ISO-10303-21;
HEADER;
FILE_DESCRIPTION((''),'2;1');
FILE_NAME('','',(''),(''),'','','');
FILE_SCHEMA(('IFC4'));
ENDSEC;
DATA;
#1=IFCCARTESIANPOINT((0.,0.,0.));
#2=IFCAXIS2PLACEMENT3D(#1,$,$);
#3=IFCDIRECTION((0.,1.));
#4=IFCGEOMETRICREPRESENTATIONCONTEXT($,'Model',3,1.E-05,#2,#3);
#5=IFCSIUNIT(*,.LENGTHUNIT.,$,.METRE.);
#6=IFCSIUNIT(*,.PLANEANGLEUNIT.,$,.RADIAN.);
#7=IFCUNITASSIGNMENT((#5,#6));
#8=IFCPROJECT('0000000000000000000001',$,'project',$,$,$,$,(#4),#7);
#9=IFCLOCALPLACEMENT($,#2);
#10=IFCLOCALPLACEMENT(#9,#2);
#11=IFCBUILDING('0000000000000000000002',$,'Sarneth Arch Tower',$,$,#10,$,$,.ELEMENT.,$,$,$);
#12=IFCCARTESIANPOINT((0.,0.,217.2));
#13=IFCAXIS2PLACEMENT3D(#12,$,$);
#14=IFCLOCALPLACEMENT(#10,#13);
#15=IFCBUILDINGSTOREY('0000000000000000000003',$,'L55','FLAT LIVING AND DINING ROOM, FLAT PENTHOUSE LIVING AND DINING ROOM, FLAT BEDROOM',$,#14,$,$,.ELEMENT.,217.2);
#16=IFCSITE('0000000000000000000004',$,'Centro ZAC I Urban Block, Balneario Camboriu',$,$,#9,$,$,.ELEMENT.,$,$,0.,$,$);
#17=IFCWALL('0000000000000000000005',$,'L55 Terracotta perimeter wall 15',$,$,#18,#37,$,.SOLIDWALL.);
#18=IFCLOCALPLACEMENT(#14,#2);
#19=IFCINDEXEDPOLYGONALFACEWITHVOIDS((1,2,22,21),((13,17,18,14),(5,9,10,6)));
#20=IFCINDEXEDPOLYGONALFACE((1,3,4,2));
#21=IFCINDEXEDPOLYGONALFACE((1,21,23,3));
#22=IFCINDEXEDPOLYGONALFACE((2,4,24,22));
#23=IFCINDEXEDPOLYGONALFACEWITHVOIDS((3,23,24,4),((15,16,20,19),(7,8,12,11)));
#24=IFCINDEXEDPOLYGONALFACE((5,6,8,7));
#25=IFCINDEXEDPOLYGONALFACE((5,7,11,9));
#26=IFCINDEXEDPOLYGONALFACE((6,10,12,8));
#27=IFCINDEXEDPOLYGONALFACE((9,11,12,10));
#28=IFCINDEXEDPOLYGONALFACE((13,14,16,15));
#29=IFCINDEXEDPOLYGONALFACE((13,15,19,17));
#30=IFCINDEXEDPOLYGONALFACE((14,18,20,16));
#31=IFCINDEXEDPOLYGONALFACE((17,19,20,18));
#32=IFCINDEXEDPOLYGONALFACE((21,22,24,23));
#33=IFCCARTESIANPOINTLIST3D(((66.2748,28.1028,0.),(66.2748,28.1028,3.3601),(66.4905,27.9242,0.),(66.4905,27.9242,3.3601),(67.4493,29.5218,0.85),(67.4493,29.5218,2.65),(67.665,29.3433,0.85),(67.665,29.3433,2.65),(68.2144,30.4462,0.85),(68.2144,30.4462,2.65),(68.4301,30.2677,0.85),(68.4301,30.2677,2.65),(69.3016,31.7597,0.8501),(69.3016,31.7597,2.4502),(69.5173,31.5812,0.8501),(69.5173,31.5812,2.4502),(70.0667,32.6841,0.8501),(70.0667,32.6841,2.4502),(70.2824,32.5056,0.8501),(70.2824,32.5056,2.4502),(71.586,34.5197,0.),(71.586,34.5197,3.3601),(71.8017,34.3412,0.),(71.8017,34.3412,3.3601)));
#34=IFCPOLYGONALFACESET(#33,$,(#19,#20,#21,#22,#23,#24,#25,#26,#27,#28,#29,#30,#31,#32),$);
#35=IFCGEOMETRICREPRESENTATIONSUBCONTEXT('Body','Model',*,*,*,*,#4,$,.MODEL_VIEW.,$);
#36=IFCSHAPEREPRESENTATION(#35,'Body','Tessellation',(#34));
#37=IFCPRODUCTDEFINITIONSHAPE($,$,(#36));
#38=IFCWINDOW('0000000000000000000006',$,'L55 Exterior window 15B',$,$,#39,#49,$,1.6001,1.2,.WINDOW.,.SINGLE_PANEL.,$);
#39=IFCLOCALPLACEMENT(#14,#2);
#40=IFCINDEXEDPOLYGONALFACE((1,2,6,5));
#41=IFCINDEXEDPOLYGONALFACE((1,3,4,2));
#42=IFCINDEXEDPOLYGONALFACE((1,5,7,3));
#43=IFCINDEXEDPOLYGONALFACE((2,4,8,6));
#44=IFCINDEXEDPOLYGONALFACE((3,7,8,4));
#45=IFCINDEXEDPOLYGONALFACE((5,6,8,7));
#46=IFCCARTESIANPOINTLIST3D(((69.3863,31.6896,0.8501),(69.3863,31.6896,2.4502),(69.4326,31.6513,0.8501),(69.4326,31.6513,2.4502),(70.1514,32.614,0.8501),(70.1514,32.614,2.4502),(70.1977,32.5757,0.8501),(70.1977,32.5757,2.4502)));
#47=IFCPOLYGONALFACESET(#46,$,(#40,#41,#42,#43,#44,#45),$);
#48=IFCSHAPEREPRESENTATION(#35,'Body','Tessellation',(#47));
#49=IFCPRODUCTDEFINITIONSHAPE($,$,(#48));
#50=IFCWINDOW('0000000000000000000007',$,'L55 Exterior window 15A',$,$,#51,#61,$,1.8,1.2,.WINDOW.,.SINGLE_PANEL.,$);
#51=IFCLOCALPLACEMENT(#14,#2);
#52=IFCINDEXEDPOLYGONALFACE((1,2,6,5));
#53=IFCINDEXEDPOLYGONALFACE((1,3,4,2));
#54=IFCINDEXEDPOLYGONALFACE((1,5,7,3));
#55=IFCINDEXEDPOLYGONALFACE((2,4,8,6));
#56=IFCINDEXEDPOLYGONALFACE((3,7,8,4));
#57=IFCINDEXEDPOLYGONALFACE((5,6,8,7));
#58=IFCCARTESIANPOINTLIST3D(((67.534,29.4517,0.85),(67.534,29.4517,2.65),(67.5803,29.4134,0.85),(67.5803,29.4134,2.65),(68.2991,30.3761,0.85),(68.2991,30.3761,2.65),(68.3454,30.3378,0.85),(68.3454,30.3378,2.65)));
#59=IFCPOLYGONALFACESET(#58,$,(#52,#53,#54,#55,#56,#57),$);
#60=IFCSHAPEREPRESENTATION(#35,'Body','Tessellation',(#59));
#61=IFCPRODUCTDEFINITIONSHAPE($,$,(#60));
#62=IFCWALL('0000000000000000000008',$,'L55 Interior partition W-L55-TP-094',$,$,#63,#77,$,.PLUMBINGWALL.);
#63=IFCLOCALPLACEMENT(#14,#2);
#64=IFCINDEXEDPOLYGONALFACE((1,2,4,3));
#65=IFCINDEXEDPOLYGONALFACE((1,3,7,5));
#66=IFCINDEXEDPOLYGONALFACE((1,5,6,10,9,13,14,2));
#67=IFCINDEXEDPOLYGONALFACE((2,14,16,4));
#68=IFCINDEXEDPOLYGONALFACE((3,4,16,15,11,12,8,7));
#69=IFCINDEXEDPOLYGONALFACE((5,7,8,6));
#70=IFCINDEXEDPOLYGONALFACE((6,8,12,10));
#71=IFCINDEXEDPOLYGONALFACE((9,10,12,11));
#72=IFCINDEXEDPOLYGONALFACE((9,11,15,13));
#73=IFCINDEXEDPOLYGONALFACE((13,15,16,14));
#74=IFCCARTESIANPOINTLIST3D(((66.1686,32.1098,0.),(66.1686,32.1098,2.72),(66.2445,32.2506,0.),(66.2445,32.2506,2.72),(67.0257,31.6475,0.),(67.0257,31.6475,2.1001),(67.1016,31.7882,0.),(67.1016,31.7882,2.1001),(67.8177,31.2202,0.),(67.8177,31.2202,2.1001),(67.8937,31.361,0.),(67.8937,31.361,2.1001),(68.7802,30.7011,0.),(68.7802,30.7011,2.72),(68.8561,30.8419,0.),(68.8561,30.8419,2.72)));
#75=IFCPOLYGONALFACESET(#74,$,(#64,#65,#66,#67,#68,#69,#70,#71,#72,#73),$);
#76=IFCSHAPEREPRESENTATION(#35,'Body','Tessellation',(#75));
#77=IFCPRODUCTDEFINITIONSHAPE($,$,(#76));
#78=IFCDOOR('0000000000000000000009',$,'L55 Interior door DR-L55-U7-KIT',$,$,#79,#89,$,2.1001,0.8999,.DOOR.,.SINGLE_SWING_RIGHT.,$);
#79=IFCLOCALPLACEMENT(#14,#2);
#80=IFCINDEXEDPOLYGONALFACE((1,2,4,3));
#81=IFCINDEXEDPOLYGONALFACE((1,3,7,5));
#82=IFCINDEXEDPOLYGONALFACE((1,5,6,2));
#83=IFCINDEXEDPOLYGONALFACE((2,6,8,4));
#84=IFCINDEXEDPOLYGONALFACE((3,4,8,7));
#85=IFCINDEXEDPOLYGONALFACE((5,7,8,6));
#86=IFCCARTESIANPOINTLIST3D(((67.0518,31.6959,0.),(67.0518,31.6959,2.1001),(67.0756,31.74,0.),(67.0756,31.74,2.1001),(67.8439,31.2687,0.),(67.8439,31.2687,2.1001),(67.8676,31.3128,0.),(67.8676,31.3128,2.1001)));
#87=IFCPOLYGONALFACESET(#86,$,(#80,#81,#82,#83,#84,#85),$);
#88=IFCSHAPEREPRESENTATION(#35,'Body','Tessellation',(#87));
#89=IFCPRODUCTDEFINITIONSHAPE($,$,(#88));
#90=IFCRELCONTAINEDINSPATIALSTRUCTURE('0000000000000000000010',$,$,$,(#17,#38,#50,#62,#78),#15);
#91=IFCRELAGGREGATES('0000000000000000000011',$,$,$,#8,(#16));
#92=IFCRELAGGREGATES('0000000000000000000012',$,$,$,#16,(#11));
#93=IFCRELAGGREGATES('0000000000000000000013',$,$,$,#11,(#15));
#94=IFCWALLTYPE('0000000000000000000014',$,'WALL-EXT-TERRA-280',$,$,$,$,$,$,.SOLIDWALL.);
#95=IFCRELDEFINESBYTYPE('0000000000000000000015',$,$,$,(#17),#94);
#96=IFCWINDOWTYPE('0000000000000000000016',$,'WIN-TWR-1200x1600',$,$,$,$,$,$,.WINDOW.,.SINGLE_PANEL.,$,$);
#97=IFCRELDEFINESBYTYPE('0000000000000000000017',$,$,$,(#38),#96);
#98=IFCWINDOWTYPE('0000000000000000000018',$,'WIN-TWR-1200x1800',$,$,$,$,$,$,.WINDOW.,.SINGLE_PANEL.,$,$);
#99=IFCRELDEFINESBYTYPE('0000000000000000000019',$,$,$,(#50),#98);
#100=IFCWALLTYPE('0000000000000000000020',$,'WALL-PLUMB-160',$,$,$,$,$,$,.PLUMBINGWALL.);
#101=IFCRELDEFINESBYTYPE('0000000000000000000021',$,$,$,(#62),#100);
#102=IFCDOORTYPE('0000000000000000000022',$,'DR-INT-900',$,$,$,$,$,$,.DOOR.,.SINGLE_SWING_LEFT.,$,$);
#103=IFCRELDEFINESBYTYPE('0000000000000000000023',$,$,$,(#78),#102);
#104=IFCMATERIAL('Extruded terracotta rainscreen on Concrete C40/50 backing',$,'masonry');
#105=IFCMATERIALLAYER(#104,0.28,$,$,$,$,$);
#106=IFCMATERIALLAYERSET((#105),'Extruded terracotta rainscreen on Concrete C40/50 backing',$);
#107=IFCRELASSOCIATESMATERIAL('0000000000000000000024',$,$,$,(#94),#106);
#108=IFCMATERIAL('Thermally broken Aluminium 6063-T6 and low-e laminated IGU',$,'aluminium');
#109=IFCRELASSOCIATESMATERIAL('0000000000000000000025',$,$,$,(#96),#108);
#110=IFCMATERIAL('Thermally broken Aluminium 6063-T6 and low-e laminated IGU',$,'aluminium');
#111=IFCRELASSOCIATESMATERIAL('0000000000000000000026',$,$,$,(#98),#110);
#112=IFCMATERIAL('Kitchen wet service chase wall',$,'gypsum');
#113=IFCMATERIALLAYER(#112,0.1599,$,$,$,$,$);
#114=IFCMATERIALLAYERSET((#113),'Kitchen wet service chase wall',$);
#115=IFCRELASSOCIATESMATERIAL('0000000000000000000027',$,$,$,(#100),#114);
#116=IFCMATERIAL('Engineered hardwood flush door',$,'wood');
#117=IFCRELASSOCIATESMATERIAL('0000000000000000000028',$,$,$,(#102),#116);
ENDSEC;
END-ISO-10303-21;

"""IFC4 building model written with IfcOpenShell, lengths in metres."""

from ifc_helpers import new_model, si_unit, direction, frame, frame_2d, origin, place, context, subcontext, project, spatial, rectangle, extrude, material, layer, layer_set, type_object, element, fill, save


model = new_model("IFC4")

# Units and contexts
model_context = context("Model", 3, precision=1e-05, world=origin(), true_north=direction((0.0, 1.0)))
body_context = subcontext(model_context, "Body", "Model", "MODEL_VIEW")
ifc_project = project(units=[si_unit("LENGTHUNIT", "METRE"), si_unit("PLANEANGLEUNIT", "RADIAN")], contexts=[model_context])

# Site, building, storey
site_placement = place(None, origin())
site = spatial("IfcSite", under=ifc_project, at=site_placement, Name="Centro ZAC I Urban Block, Balneario Camboriu", CompositionType="ELEMENT", RefElevation=0.0)
building_placement = place(site_placement, origin())
building = spatial("IfcBuilding", under=site, at=building_placement, Name="Sarneth Arch Tower", CompositionType="ELEMENT")
storey_placement = place(building_placement, frame((0.0, 0.0, 217.2)))
storey = spatial("IfcBuildingStorey", under=building, at=storey_placement, Name="L55", Description="FLAT LIVING AND DINING ROOM, FLAT PENTHOUSE LIVING AND DINING ROOM, FLAT BEDROOM", CompositionType="ELEMENT", Elevation=217.2)

# Wall, openings, windows
ifc_material_1 = material(Name="Extruded terracotta rainscreen on Concrete C40/50 backing", Category="masonry")
ifc_layer_1 = layer(ifc_material_1, 0.28)
ifc_layer_set_1 = layer_set([ifc_layer_1], Name="Extruded terracotta rainscreen on Concrete C40/50 backing")
wall_type_1 = type_object("IfcWallType", Name="WALL-EXT-TERRA-280", PredefinedType="SOLIDWALL", material=ifc_layer_set_1)
wall_1_placement = place(storey_placement, frame((66.3826, 28.0134, 0.0), z_axis=(0.0, 0.0, 1.0), x_axis=(0.637615, 0.770355, 0.0)))
wall_1 = element("IfcWall", 1, at=wall_1_placement, inside=storey, type_object=wall_type_1, Name="L55 Terracotta perimeter wall 15", PredefinedType="SOLIDWALL", context=body_context, shape_type="SweptSolid", body=[
    extrude(rectangle(XDim=8.3298, YDim=0.28, at=frame_2d((4.165, 0.0))), origin(), (0.0, 0.0, 1.0), 3.3601),
])
opening_1_placement = place(wall_1_placement, frame((1.842, 0.0, 0.8501)))
opening_1 = element("IfcOpeningElement", 2, at=opening_1_placement, cuts=wall_1, PredefinedType="OPENING", context=body_context, shape_type="SweptSolid", body=[
    extrude(rectangle(XDim=1.2, YDim=1.8, at=frame_2d((0.6001, 0.8999))), frame((0.0, 0.1499, 0.0), z_axis=(0.0, -1.0, 0.0), x_axis=(1.0, 0.0, 0.0)), (0.0, 0.0, 1.0), 0.3),
])
opening_2_placement = place(wall_1_placement, frame((4.7471, 0.0, 0.8501)))
opening_2 = element("IfcOpeningElement", 3, at=opening_2_placement, cuts=wall_1, PredefinedType="OPENING", context=body_context, shape_type="SweptSolid", body=[
    extrude(rectangle(XDim=1.2, YDim=1.6001, at=frame_2d((0.6001, 0.8))), frame((0.0, 0.1499, 0.0), z_axis=(0.0, -1.0, 0.0), x_axis=(1.0, 0.0, 0.0)), (0.0, 0.0, 1.0), 0.3),
])
ifc_material_2 = material(Name="Thermally broken Aluminium 6063-T6 and low-e laminated IGU", Category="aluminium")
window_type_1 = type_object("IfcWindowType", Name="WIN-TWR-1200x1600", PartitioningType="SINGLE_PANEL", PredefinedType="WINDOW", material=ifc_material_2)
window_1_placement = place(opening_2_placement, origin())
window_1 = element("IfcWindow", 4, at=window_1_placement, inside=storey, type_object=window_type_1, Name="L55 Exterior window 15B", OverallHeight=1.6001, OverallWidth=1.2, PartitioningType="SINGLE_PANEL", PredefinedType="WINDOW", context=body_context, shape_type="SweptSolid", body=[
    extrude(rectangle(XDim=1.2, YDim=1.6001, at=frame_2d((0.6001, 0.8))), frame((0.0, 0.03, 0.0), z_axis=(0.0, -1.0, 0.0), x_axis=(1.0, 0.0, 0.0)), (0.0, 0.0, 1.0), 0.0601),
])
fill(opening_2, window_1)
ifc_material_3 = material(Name="Thermally broken Aluminium 6063-T6 and low-e laminated IGU", Category="aluminium")
window_type_2 = type_object("IfcWindowType", Name="WIN-TWR-1200x1800", PartitioningType="SINGLE_PANEL", PredefinedType="WINDOW", material=ifc_material_3)
window_2_placement = place(opening_1_placement, origin())
window_2 = element("IfcWindow", 5, at=window_2_placement, inside=storey, type_object=window_type_2, Name="L55 Exterior window 15A", OverallHeight=1.8, OverallWidth=1.2, PartitioningType="SINGLE_PANEL", PredefinedType="WINDOW", context=body_context, shape_type="SweptSolid", body=[
    extrude(rectangle(XDim=1.2, YDim=1.8, at=frame_2d((0.6001, 0.8999))), frame((0.0, 0.03, 0.0), z_axis=(0.0, -1.0, 0.0), x_axis=(1.0, 0.0, 0.0)), (0.0, 0.0, 1.0), 0.0601),
])
fill(opening_1, window_2)

# Wall, opening, door
ifc_material_4 = material(Name="Kitchen wet service chase wall", Category="gypsum")
ifc_layer_2 = layer(ifc_material_4, 0.1599)
ifc_layer_set_2 = layer_set([ifc_layer_2], Name="Kitchen wet service chase wall")
wall_type_2 = type_object("IfcWallType", Name="WALL-PLUMB-160", PredefinedType="PLUMBINGWALL", material=ifc_layer_set_2)
wall_2_placement = place(storey_placement, frame((68.8181, 30.7715, 0.0), z_axis=(0.0, 0.0, 1.0), x_axis=(-0.880125, 0.474742, 0.0)))
wall_2 = element("IfcWall", 6, at=wall_2_placement, inside=storey, type_object=wall_type_2, Name="L55 Interior partition W-L55-TP-094", PredefinedType="PLUMBINGWALL", context=body_context, shape_type="SweptSolid", body=[
    extrude(rectangle(XDim=2.9673, YDim=0.1599, at=frame_2d((1.4836, 0.0))), origin(), (0.0, 0.0, 1.0), 2.72),
])
opening_3_placement = place(wall_2_placement, frame((1.0935, 0.0, 0.0)))
opening_3 = element("IfcOpeningElement", 7, at=opening_3_placement, cuts=wall_2, PredefinedType="OPENING", context=body_context, shape_type="SweptSolid", body=[
    extrude(rectangle(XDim=0.8999, YDim=2.1001, at=frame_2d((0.45, 1.05))), frame((0.0, 0.0898, 0.0), z_axis=(0.0, -1.0, 0.0), x_axis=(1.0, 0.0, 0.0)), (0.0, 0.0, 1.0), 0.1799),
])
ifc_material_5 = material(Name="Engineered hardwood flush door", Category="wood")
door_type = type_object("IfcDoorType", Name="DR-INT-900", OperationType="SINGLE_SWING_LEFT", PredefinedType="DOOR", material=ifc_material_5)
door_placement = place(opening_3_placement, origin())
door = element("IfcDoor", 8, at=door_placement, inside=storey, type_object=door_type, Name="L55 Interior door DR-L55-U7-KIT", OperationType="SINGLE_SWING_RIGHT", OverallHeight=2.1001, OverallWidth=0.8999, PredefinedType="DOOR", context=body_context, shape_type="SweptSolid", body=[
    extrude(rectangle(XDim=0.8999, YDim=2.1001, at=frame_2d((0.45, 1.05))), frame((0.0, 0.0249, 0.0), z_axis=(0.0, -1.0, 0.0), x_axis=(1.0, 0.0, 0.0)), (0.0, 0.0, 1.0), 0.05),
])
fill(opening_3, door)

save(model, "model.ifc")
